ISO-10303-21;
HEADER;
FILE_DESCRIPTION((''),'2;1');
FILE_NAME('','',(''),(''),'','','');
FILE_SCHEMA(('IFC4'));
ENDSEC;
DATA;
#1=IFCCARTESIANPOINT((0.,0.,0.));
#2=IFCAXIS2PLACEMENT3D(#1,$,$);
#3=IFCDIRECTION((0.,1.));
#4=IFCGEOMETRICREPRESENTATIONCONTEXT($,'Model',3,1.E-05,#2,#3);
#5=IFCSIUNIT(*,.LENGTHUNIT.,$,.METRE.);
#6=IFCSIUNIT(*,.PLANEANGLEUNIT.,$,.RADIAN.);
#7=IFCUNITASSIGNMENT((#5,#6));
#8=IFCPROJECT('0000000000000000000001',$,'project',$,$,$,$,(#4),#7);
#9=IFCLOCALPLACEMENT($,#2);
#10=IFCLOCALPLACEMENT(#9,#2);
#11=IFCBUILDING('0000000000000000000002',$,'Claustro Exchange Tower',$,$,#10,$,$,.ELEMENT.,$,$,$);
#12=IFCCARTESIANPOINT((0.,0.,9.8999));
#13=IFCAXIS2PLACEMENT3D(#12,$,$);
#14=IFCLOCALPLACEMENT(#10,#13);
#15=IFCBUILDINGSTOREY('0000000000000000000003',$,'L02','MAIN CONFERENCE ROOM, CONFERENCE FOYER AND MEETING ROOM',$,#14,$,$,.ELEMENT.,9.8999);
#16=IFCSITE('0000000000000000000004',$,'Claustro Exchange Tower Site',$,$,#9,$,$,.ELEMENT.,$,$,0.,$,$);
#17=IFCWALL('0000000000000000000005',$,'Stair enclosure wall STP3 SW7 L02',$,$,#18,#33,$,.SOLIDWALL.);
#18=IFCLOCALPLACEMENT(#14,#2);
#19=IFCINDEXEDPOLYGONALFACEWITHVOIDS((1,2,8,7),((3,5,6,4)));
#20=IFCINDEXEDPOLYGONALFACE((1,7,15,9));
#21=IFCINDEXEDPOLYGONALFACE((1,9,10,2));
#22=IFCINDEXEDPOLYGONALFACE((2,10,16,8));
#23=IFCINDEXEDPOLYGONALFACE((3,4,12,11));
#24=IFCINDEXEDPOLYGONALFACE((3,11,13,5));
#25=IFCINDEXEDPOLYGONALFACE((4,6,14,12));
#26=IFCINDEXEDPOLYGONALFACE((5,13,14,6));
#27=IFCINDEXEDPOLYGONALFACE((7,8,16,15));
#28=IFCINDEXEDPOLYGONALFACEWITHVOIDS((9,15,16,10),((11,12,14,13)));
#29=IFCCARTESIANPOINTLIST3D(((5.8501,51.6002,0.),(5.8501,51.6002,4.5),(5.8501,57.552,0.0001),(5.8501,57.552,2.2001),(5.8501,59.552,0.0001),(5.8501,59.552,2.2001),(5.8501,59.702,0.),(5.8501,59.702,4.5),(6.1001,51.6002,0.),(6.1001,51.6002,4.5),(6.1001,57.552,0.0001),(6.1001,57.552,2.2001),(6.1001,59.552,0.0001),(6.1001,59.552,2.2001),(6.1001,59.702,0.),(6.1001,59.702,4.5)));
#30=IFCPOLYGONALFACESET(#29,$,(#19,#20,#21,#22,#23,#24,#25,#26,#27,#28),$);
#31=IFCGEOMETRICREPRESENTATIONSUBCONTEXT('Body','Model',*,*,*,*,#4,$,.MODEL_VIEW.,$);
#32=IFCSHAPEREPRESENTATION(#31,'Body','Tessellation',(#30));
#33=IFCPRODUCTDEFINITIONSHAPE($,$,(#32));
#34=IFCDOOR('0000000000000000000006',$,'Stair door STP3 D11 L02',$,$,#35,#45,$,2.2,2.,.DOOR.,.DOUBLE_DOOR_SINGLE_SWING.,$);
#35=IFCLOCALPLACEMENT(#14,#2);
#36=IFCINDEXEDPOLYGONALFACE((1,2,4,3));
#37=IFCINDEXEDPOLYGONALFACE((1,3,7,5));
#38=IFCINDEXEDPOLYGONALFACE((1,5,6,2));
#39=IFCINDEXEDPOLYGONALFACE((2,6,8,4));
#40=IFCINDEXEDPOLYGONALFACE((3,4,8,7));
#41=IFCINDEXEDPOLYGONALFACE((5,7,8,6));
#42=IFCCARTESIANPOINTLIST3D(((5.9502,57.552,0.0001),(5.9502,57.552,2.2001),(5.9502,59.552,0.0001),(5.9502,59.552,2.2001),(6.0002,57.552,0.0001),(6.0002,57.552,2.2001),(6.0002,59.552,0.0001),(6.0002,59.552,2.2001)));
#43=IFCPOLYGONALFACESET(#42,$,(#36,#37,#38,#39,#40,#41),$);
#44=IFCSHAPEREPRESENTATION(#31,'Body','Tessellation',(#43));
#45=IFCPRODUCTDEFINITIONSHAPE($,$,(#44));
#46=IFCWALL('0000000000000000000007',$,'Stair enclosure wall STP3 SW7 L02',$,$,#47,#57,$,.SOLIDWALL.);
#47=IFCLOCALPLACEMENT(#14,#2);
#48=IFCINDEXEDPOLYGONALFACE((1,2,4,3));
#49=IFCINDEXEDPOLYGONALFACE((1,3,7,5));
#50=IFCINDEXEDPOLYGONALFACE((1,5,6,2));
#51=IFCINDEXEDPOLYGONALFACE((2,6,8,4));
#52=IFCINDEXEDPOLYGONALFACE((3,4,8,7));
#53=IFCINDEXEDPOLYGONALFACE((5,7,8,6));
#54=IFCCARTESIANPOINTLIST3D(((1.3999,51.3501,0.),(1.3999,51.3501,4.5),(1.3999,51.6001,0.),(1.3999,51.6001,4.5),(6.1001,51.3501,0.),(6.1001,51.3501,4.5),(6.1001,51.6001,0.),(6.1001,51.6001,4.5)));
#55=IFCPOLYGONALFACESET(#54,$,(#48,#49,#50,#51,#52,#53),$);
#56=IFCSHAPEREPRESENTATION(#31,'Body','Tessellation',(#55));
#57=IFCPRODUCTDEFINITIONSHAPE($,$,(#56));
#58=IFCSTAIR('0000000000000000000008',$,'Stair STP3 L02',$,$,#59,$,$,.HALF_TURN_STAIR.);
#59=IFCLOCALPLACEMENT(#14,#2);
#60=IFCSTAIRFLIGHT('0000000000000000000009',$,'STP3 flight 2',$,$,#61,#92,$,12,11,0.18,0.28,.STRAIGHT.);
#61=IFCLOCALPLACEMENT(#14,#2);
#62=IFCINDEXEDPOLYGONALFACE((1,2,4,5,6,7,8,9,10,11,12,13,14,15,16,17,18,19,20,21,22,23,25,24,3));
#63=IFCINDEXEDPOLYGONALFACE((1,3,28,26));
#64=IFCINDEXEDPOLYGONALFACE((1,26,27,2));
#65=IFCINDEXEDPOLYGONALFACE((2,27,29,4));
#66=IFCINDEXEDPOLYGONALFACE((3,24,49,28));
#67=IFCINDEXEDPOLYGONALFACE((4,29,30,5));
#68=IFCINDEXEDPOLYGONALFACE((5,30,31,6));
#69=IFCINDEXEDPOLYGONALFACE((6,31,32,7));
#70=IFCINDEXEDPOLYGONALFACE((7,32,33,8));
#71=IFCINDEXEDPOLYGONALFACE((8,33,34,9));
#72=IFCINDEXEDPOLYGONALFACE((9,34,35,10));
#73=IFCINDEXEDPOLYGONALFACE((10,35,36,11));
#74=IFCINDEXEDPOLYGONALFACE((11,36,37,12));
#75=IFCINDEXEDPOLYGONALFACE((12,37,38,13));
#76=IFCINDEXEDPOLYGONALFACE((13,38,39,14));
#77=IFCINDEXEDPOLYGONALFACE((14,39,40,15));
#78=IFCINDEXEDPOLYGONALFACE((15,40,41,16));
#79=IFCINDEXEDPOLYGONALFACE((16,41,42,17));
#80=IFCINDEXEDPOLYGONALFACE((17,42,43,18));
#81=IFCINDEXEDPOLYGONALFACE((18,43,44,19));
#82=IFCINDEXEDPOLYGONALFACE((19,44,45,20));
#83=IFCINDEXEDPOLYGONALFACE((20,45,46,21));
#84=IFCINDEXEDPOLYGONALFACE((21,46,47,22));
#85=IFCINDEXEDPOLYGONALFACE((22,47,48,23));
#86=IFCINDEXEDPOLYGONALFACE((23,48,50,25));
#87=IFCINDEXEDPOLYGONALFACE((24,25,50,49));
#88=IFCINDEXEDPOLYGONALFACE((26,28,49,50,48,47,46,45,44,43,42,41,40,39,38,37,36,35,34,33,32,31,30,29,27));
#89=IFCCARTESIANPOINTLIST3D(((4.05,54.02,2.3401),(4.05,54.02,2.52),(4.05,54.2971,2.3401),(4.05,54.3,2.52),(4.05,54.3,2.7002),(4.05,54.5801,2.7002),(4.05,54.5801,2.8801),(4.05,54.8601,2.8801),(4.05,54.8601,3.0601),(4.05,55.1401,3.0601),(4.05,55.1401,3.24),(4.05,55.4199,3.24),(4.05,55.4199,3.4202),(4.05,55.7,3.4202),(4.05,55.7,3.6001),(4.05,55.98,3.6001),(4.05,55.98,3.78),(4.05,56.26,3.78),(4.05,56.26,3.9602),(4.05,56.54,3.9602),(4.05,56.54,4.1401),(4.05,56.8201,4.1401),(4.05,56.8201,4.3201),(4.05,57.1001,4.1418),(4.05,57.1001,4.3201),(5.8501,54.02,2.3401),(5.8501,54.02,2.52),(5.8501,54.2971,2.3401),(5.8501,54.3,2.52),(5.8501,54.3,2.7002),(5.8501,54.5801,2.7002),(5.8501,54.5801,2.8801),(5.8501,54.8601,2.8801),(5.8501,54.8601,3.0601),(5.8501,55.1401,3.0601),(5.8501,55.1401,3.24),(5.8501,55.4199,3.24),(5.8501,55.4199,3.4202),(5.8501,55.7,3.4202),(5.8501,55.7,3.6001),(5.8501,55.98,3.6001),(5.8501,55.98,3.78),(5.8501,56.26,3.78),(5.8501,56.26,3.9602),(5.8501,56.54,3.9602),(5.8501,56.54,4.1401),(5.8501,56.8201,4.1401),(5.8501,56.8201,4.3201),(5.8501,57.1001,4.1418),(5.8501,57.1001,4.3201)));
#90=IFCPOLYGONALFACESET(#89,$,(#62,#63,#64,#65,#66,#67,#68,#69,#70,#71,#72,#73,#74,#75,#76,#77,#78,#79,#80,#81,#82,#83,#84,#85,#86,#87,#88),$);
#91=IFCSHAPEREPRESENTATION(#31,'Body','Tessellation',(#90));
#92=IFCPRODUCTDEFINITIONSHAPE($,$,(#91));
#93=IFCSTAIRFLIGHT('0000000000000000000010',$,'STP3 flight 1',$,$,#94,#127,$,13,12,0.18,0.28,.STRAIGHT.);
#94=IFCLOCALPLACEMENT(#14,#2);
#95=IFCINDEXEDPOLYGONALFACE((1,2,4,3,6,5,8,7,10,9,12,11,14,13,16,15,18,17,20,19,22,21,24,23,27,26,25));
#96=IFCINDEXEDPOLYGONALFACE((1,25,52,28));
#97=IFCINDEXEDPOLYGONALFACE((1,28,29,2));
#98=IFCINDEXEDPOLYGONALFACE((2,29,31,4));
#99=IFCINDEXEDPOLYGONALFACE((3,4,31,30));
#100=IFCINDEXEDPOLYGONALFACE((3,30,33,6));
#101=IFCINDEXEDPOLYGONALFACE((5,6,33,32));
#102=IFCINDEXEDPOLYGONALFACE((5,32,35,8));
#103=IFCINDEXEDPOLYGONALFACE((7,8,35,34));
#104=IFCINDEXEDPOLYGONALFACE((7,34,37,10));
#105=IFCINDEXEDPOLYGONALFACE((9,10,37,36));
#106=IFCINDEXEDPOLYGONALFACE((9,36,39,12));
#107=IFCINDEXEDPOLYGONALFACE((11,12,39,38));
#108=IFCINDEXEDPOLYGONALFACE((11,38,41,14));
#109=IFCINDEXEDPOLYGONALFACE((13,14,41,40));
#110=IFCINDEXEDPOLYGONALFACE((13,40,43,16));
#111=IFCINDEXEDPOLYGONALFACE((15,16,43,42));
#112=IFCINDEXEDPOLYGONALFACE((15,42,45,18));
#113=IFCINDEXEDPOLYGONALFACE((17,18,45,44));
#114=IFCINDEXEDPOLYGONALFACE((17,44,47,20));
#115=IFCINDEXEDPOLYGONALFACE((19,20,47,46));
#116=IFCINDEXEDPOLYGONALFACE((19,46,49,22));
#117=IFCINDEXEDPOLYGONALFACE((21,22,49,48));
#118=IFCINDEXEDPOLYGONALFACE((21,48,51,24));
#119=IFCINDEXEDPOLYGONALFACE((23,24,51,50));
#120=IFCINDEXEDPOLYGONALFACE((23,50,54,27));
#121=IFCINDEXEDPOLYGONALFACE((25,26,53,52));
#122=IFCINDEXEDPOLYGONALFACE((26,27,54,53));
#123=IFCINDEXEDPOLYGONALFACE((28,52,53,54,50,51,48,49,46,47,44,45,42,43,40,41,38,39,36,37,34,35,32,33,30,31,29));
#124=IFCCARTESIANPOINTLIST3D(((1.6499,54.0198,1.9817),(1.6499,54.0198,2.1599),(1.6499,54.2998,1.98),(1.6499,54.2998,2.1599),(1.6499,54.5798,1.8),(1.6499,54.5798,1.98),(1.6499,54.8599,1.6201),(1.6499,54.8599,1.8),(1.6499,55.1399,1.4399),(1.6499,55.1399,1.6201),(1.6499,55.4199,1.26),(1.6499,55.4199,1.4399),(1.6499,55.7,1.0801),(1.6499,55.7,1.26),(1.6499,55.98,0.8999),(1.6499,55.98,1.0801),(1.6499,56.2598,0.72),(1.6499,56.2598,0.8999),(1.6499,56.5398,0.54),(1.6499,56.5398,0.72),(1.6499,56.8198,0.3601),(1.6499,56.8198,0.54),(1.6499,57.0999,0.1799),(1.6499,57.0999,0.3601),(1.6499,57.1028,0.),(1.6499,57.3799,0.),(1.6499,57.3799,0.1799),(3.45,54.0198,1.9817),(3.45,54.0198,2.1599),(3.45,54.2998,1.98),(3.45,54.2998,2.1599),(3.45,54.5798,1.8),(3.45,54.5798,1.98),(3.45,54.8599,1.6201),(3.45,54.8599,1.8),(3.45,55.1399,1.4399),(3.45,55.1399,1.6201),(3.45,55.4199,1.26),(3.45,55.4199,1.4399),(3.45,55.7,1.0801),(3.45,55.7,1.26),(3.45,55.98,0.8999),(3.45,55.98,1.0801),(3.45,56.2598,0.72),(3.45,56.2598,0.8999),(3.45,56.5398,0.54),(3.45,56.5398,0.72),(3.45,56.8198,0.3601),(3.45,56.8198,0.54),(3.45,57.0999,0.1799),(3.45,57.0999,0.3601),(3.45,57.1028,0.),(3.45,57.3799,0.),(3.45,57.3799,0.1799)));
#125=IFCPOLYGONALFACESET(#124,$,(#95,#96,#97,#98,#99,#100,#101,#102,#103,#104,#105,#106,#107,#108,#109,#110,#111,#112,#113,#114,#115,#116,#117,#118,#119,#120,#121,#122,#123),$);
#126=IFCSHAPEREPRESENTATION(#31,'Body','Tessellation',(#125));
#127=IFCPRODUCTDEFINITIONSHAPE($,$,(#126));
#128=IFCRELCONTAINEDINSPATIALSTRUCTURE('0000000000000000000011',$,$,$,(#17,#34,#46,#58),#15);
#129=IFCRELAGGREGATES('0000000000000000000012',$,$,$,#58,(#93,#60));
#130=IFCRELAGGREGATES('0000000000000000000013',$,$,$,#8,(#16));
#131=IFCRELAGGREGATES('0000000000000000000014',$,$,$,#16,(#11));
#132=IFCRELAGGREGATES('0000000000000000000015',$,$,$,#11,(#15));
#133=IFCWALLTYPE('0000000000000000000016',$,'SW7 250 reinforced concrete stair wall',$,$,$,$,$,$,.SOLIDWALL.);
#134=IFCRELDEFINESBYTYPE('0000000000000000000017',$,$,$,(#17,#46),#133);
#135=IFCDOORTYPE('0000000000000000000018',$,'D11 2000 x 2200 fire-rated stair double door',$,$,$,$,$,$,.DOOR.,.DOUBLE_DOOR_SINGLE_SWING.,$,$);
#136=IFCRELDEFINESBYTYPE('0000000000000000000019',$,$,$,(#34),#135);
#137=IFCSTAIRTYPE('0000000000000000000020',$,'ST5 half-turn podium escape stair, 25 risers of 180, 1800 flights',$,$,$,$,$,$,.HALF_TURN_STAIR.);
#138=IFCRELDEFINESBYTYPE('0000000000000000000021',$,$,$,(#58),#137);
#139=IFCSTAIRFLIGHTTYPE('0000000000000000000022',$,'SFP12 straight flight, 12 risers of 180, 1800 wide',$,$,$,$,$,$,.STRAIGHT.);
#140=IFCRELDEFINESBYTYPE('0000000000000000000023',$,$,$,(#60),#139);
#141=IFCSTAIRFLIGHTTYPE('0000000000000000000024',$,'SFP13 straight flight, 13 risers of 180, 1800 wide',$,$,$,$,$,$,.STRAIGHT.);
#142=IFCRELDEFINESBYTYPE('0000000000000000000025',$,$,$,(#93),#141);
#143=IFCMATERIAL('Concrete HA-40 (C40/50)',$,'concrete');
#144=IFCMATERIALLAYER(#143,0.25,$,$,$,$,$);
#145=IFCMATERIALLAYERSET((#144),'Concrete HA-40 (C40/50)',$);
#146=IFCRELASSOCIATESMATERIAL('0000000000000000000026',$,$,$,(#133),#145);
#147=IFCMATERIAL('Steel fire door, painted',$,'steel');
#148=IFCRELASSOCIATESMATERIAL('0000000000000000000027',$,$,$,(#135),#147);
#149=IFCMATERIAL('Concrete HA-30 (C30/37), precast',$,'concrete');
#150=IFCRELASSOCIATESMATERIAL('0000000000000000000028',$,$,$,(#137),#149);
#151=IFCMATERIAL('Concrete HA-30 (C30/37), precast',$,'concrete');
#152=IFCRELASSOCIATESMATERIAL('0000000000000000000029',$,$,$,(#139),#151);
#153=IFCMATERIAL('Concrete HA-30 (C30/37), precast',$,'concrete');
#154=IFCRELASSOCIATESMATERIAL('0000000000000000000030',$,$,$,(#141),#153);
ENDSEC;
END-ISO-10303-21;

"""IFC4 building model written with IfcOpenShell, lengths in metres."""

from ifc_helpers import new_model, si_unit, direction, frame, frame_2d, origin, place, context, subcontext, project, spatial, polyline, rectangle, outline, extrude, material, layer, layer_set, type_object, element, fill, aggregate, save


model = new_model("IFC4")

# Units and contexts
model_context = context("Model", 3, precision=1e-05, world=origin(), true_north=direction((0.0, 1.0)))
body_context = subcontext(model_context, "Body", "Model", "MODEL_VIEW")
ifc_project = project(units=[si_unit("LENGTHUNIT", "METRE"), si_unit("PLANEANGLEUNIT", "RADIAN")], contexts=[model_context])

# Site, building, storey
site_placement = place(None, origin())
site = spatial("IfcSite", under=ifc_project, at=site_placement, Name="Claustro Exchange Tower Site", CompositionType="ELEMENT", RefElevation=0.0)
building_placement = place(site_placement, origin())
building = spatial("IfcBuilding", under=site, at=building_placement, Name="Claustro Exchange Tower", CompositionType="ELEMENT")
storey_placement = place(building_placement, frame((0.0, 0.0, 9.8999)))
storey = spatial("IfcBuildingStorey", under=building, at=storey_placement, Name="L02", Description="MAIN CONFERENCE ROOM, CONFERENCE FOYER AND MEETING ROOM", CompositionType="ELEMENT", Elevation=9.8999)

# Shared definitions
ifc_material_1 = material(Name="Concrete HA-40 (C40/50)", Category="concrete")
ifc_layer_1 = layer(ifc_material_1, 0.25)
ifc_layer_set_1 = layer_set([ifc_layer_1], Name="Concrete HA-40 (C40/50)")
wall_type_1 = type_object("IfcWallType", Name="SW7 250 reinforced concrete stair wall", PredefinedType="SOLIDWALL", material=ifc_layer_set_1)

# Wall, opening, door
wall_1_placement = place(storey_placement, frame((5.9751, 59.7019, 0.0), z_axis=(0.0, 0.0, 1.0), x_axis=(0.0, -1.0, 0.0)))
wall_1 = element("IfcWall", 1, at=wall_1_placement, inside=storey, type_object=wall_type_1, Name="Stair enclosure wall STP3 SW7 L02", PredefinedType="SOLIDWALL", context=body_context, shape_type="SweptSolid", body=[
    extrude(rectangle(XDim=8.1018, YDim=0.25, at=frame_2d((4.0508, 0.0))), origin(), (0.0, 0.0, 1.0), 4.5),
])
opening_1_placement = place(wall_1_placement, frame((0.1499, 0.0, 0.0)))
opening_1 = element("IfcOpeningElement", 2, at=opening_1_placement, cuts=wall_1, PredefinedType="OPENING", context=body_context, shape_type="SweptSolid", body=[
    extrude(rectangle(XDim=2.0, YDim=2.2, at=frame_2d((1.0, 1.1001))), frame((0.0, 0.135, 0.0), z_axis=(0.0, -1.0, 0.0), x_axis=(1.0, 0.0, 0.0)), (0.0, 0.0, 1.0), 0.27),
])
ifc_material_2 = material(Name="Steel fire door, painted", Category="steel")
door_type_1 = type_object("IfcDoorType", Name="D11 2000 x 2200 fire-rated stair double door", OperationType="DOUBLE_DOOR_SINGLE_SWING", PredefinedType="DOOR", material=ifc_material_2)
door_1_placement = place(opening_1_placement, frame((2.0, 0.0, 0.0), z_axis=(0.0, 0.0, 1.0), x_axis=(-1.0, 0.0, 0.0)))
door_1 = element("IfcDoor", 3, at=door_1_placement, inside=storey, type_object=door_type_1, Name="Stair door STP3 D11 L02", OperationType="DOUBLE_DOOR_SINGLE_SWING", OverallHeight=2.2, OverallWidth=2.0, PredefinedType="DOOR", context=body_context, shape_type="SweptSolid", body=[
    extrude(rectangle(XDim=2.0, YDim=2.2, at=frame_2d((1.0, 1.1001))), frame((0.0, 0.0249, 0.0), z_axis=(0.0, -1.0, 0.0), x_axis=(1.0, 0.0, 0.0)), (0.0, 0.0, 1.0), 0.05),
])
fill(opening_1, door_1)

# Wall
wall_2_placement = place(storey_placement, frame((1.3999, 51.4751, 0.0), z_axis=(0.0, 0.0, 1.0), x_axis=(1.0, 0.0, 0.0)))
element("IfcWall", 4, at=wall_2_placement, inside=storey, type_object=wall_type_1, Name="Stair enclosure wall STP3 SW7 L02", PredefinedType="SOLIDWALL", context=body_context, shape_type="SweptSolid", body=[
    extrude(rectangle(XDim=4.7002, YDim=0.25, at=frame_2d((2.3501, 0.0))), origin(), (0.0, 0.0, 1.0), 4.5),
])

# Stair, stair flights
ifc_material_3 = material(Name="Concrete HA-30 (C30/37), precast", Category="concrete")
stair_type = type_object("IfcStairType", Name="ST5 half-turn podium escape stair, 25 risers of 180, 1800 flights", PredefinedType="HALF_TURN_STAIR", material=ifc_material_3)
stair_placement = place(storey_placement, origin())
stair = element("IfcStair", 5, at=stair_placement, inside=storey, type_object=stair_type, Name="Stair STP3 L02", PredefinedType="HALF_TURN_STAIR")
ifc_material_4 = material(Name="Concrete HA-30 (C30/37), precast", Category="concrete")
stair_flight_type_1 = type_object("IfcStairFlightType", Name="SFP12 straight flight, 12 risers of 180, 1800 wide", PredefinedType="STRAIGHT", material=ifc_material_4)
stair_flight_1_placement = place(storey_placement, frame((4.95, 54.02, 2.3401), z_axis=(0.0, 0.0, 1.0), x_axis=(0.0, 1.0, 0.0)))
stair_flight_1 = element("IfcStairFlight", 6, at=stair_flight_1_placement, type_object=stair_flight_type_1, Name="STP3 flight 2", NumberOfRisers=12, NumberOfTreads=11, PredefinedType="STRAIGHT", RiserHeight=0.18, TreadLength=0.28, context=body_context, shape_type="SweptSolid", body=[
    extrude(outline(polyline([(0.0, 0.0), (0.0, 0.1799), (0.28, 0.1799), (0.28, 0.3601), (0.5601, 0.3601), (0.5601, 0.54), (0.8401, 0.54), (0.8401, 0.72), (1.1201, 0.72), (1.1201, 0.8999), (1.3999, 0.8999), (1.3999, 1.0801), (1.6799, 1.0801), (1.6799, 1.26), (1.96, 1.26), (1.96, 1.4399), (2.24, 1.4399), (2.24, 1.6201), (2.52, 1.6201), (2.52, 1.8), (2.8, 1.8), (2.8, 1.98), (3.0801, 1.98), (3.0801, 2.1599), (3.0801, 1.8018), (0.2771, 0.0), (0.0, 0.0)])), frame((0.0, 0.8999, 0.0), z_axis=(0.0, -1.0, 0.0), x_axis=(1.0, 0.0, 0.0)), (0.0, 0.0, 1.0), 1.8),
])
ifc_material_5 = material(Name="Concrete HA-30 (C30/37), precast", Category="concrete")
stair_flight_type_2 = type_object("IfcStairFlightType", Name="SFP13 straight flight, 13 risers of 180, 1800 wide", PredefinedType="STRAIGHT", material=ifc_material_5)
stair_flight_2_placement = place(storey_placement, frame((2.55, 57.3799, 0.0), z_axis=(0.0, 0.0, 1.0), x_axis=(0.0, -1.0, 0.0)))
stair_flight_2 = element("IfcStairFlight", 7, at=stair_flight_2_placement, type_object=stair_flight_type_2, Name="STP3 flight 1", NumberOfRisers=13, NumberOfTreads=12, PredefinedType="STRAIGHT", RiserHeight=0.18, TreadLength=0.28, context=body_context, shape_type="SweptSolid", body=[
    extrude(outline(polyline([(0.0, 0.0), (0.0, 0.1799), (0.28, 0.1799), (0.28, 0.3601), (0.5601, 0.3601), (0.5601, 0.54), (0.8401, 0.54), (0.8401, 0.72), (1.1201, 0.72), (1.1201, 0.8999), (1.3999, 0.8999), (1.3999, 1.0801), (1.6799, 1.0801), (1.6799, 1.26), (1.96, 1.26), (1.96, 1.4399), (2.24, 1.4399), (2.24, 1.6201), (2.52, 1.6201), (2.52, 1.8), (2.8, 1.8), (2.8, 1.98), (3.0801, 1.98), (3.0801, 2.1599), (3.3601, 2.1599), (3.3601, 2.3401), (3.3601, 1.9817), (0.2771, 0.0), (0.0, 0.0)])), frame((0.0, 0.8999, 0.0), z_axis=(0.0, -1.0, 0.0), x_axis=(1.0, 0.0, 0.0)), (0.0, 0.0, 1.0), 1.8),
])
aggregate(stair, [stair_flight_2, stair_flight_1])

save(model, "model.ifc")
